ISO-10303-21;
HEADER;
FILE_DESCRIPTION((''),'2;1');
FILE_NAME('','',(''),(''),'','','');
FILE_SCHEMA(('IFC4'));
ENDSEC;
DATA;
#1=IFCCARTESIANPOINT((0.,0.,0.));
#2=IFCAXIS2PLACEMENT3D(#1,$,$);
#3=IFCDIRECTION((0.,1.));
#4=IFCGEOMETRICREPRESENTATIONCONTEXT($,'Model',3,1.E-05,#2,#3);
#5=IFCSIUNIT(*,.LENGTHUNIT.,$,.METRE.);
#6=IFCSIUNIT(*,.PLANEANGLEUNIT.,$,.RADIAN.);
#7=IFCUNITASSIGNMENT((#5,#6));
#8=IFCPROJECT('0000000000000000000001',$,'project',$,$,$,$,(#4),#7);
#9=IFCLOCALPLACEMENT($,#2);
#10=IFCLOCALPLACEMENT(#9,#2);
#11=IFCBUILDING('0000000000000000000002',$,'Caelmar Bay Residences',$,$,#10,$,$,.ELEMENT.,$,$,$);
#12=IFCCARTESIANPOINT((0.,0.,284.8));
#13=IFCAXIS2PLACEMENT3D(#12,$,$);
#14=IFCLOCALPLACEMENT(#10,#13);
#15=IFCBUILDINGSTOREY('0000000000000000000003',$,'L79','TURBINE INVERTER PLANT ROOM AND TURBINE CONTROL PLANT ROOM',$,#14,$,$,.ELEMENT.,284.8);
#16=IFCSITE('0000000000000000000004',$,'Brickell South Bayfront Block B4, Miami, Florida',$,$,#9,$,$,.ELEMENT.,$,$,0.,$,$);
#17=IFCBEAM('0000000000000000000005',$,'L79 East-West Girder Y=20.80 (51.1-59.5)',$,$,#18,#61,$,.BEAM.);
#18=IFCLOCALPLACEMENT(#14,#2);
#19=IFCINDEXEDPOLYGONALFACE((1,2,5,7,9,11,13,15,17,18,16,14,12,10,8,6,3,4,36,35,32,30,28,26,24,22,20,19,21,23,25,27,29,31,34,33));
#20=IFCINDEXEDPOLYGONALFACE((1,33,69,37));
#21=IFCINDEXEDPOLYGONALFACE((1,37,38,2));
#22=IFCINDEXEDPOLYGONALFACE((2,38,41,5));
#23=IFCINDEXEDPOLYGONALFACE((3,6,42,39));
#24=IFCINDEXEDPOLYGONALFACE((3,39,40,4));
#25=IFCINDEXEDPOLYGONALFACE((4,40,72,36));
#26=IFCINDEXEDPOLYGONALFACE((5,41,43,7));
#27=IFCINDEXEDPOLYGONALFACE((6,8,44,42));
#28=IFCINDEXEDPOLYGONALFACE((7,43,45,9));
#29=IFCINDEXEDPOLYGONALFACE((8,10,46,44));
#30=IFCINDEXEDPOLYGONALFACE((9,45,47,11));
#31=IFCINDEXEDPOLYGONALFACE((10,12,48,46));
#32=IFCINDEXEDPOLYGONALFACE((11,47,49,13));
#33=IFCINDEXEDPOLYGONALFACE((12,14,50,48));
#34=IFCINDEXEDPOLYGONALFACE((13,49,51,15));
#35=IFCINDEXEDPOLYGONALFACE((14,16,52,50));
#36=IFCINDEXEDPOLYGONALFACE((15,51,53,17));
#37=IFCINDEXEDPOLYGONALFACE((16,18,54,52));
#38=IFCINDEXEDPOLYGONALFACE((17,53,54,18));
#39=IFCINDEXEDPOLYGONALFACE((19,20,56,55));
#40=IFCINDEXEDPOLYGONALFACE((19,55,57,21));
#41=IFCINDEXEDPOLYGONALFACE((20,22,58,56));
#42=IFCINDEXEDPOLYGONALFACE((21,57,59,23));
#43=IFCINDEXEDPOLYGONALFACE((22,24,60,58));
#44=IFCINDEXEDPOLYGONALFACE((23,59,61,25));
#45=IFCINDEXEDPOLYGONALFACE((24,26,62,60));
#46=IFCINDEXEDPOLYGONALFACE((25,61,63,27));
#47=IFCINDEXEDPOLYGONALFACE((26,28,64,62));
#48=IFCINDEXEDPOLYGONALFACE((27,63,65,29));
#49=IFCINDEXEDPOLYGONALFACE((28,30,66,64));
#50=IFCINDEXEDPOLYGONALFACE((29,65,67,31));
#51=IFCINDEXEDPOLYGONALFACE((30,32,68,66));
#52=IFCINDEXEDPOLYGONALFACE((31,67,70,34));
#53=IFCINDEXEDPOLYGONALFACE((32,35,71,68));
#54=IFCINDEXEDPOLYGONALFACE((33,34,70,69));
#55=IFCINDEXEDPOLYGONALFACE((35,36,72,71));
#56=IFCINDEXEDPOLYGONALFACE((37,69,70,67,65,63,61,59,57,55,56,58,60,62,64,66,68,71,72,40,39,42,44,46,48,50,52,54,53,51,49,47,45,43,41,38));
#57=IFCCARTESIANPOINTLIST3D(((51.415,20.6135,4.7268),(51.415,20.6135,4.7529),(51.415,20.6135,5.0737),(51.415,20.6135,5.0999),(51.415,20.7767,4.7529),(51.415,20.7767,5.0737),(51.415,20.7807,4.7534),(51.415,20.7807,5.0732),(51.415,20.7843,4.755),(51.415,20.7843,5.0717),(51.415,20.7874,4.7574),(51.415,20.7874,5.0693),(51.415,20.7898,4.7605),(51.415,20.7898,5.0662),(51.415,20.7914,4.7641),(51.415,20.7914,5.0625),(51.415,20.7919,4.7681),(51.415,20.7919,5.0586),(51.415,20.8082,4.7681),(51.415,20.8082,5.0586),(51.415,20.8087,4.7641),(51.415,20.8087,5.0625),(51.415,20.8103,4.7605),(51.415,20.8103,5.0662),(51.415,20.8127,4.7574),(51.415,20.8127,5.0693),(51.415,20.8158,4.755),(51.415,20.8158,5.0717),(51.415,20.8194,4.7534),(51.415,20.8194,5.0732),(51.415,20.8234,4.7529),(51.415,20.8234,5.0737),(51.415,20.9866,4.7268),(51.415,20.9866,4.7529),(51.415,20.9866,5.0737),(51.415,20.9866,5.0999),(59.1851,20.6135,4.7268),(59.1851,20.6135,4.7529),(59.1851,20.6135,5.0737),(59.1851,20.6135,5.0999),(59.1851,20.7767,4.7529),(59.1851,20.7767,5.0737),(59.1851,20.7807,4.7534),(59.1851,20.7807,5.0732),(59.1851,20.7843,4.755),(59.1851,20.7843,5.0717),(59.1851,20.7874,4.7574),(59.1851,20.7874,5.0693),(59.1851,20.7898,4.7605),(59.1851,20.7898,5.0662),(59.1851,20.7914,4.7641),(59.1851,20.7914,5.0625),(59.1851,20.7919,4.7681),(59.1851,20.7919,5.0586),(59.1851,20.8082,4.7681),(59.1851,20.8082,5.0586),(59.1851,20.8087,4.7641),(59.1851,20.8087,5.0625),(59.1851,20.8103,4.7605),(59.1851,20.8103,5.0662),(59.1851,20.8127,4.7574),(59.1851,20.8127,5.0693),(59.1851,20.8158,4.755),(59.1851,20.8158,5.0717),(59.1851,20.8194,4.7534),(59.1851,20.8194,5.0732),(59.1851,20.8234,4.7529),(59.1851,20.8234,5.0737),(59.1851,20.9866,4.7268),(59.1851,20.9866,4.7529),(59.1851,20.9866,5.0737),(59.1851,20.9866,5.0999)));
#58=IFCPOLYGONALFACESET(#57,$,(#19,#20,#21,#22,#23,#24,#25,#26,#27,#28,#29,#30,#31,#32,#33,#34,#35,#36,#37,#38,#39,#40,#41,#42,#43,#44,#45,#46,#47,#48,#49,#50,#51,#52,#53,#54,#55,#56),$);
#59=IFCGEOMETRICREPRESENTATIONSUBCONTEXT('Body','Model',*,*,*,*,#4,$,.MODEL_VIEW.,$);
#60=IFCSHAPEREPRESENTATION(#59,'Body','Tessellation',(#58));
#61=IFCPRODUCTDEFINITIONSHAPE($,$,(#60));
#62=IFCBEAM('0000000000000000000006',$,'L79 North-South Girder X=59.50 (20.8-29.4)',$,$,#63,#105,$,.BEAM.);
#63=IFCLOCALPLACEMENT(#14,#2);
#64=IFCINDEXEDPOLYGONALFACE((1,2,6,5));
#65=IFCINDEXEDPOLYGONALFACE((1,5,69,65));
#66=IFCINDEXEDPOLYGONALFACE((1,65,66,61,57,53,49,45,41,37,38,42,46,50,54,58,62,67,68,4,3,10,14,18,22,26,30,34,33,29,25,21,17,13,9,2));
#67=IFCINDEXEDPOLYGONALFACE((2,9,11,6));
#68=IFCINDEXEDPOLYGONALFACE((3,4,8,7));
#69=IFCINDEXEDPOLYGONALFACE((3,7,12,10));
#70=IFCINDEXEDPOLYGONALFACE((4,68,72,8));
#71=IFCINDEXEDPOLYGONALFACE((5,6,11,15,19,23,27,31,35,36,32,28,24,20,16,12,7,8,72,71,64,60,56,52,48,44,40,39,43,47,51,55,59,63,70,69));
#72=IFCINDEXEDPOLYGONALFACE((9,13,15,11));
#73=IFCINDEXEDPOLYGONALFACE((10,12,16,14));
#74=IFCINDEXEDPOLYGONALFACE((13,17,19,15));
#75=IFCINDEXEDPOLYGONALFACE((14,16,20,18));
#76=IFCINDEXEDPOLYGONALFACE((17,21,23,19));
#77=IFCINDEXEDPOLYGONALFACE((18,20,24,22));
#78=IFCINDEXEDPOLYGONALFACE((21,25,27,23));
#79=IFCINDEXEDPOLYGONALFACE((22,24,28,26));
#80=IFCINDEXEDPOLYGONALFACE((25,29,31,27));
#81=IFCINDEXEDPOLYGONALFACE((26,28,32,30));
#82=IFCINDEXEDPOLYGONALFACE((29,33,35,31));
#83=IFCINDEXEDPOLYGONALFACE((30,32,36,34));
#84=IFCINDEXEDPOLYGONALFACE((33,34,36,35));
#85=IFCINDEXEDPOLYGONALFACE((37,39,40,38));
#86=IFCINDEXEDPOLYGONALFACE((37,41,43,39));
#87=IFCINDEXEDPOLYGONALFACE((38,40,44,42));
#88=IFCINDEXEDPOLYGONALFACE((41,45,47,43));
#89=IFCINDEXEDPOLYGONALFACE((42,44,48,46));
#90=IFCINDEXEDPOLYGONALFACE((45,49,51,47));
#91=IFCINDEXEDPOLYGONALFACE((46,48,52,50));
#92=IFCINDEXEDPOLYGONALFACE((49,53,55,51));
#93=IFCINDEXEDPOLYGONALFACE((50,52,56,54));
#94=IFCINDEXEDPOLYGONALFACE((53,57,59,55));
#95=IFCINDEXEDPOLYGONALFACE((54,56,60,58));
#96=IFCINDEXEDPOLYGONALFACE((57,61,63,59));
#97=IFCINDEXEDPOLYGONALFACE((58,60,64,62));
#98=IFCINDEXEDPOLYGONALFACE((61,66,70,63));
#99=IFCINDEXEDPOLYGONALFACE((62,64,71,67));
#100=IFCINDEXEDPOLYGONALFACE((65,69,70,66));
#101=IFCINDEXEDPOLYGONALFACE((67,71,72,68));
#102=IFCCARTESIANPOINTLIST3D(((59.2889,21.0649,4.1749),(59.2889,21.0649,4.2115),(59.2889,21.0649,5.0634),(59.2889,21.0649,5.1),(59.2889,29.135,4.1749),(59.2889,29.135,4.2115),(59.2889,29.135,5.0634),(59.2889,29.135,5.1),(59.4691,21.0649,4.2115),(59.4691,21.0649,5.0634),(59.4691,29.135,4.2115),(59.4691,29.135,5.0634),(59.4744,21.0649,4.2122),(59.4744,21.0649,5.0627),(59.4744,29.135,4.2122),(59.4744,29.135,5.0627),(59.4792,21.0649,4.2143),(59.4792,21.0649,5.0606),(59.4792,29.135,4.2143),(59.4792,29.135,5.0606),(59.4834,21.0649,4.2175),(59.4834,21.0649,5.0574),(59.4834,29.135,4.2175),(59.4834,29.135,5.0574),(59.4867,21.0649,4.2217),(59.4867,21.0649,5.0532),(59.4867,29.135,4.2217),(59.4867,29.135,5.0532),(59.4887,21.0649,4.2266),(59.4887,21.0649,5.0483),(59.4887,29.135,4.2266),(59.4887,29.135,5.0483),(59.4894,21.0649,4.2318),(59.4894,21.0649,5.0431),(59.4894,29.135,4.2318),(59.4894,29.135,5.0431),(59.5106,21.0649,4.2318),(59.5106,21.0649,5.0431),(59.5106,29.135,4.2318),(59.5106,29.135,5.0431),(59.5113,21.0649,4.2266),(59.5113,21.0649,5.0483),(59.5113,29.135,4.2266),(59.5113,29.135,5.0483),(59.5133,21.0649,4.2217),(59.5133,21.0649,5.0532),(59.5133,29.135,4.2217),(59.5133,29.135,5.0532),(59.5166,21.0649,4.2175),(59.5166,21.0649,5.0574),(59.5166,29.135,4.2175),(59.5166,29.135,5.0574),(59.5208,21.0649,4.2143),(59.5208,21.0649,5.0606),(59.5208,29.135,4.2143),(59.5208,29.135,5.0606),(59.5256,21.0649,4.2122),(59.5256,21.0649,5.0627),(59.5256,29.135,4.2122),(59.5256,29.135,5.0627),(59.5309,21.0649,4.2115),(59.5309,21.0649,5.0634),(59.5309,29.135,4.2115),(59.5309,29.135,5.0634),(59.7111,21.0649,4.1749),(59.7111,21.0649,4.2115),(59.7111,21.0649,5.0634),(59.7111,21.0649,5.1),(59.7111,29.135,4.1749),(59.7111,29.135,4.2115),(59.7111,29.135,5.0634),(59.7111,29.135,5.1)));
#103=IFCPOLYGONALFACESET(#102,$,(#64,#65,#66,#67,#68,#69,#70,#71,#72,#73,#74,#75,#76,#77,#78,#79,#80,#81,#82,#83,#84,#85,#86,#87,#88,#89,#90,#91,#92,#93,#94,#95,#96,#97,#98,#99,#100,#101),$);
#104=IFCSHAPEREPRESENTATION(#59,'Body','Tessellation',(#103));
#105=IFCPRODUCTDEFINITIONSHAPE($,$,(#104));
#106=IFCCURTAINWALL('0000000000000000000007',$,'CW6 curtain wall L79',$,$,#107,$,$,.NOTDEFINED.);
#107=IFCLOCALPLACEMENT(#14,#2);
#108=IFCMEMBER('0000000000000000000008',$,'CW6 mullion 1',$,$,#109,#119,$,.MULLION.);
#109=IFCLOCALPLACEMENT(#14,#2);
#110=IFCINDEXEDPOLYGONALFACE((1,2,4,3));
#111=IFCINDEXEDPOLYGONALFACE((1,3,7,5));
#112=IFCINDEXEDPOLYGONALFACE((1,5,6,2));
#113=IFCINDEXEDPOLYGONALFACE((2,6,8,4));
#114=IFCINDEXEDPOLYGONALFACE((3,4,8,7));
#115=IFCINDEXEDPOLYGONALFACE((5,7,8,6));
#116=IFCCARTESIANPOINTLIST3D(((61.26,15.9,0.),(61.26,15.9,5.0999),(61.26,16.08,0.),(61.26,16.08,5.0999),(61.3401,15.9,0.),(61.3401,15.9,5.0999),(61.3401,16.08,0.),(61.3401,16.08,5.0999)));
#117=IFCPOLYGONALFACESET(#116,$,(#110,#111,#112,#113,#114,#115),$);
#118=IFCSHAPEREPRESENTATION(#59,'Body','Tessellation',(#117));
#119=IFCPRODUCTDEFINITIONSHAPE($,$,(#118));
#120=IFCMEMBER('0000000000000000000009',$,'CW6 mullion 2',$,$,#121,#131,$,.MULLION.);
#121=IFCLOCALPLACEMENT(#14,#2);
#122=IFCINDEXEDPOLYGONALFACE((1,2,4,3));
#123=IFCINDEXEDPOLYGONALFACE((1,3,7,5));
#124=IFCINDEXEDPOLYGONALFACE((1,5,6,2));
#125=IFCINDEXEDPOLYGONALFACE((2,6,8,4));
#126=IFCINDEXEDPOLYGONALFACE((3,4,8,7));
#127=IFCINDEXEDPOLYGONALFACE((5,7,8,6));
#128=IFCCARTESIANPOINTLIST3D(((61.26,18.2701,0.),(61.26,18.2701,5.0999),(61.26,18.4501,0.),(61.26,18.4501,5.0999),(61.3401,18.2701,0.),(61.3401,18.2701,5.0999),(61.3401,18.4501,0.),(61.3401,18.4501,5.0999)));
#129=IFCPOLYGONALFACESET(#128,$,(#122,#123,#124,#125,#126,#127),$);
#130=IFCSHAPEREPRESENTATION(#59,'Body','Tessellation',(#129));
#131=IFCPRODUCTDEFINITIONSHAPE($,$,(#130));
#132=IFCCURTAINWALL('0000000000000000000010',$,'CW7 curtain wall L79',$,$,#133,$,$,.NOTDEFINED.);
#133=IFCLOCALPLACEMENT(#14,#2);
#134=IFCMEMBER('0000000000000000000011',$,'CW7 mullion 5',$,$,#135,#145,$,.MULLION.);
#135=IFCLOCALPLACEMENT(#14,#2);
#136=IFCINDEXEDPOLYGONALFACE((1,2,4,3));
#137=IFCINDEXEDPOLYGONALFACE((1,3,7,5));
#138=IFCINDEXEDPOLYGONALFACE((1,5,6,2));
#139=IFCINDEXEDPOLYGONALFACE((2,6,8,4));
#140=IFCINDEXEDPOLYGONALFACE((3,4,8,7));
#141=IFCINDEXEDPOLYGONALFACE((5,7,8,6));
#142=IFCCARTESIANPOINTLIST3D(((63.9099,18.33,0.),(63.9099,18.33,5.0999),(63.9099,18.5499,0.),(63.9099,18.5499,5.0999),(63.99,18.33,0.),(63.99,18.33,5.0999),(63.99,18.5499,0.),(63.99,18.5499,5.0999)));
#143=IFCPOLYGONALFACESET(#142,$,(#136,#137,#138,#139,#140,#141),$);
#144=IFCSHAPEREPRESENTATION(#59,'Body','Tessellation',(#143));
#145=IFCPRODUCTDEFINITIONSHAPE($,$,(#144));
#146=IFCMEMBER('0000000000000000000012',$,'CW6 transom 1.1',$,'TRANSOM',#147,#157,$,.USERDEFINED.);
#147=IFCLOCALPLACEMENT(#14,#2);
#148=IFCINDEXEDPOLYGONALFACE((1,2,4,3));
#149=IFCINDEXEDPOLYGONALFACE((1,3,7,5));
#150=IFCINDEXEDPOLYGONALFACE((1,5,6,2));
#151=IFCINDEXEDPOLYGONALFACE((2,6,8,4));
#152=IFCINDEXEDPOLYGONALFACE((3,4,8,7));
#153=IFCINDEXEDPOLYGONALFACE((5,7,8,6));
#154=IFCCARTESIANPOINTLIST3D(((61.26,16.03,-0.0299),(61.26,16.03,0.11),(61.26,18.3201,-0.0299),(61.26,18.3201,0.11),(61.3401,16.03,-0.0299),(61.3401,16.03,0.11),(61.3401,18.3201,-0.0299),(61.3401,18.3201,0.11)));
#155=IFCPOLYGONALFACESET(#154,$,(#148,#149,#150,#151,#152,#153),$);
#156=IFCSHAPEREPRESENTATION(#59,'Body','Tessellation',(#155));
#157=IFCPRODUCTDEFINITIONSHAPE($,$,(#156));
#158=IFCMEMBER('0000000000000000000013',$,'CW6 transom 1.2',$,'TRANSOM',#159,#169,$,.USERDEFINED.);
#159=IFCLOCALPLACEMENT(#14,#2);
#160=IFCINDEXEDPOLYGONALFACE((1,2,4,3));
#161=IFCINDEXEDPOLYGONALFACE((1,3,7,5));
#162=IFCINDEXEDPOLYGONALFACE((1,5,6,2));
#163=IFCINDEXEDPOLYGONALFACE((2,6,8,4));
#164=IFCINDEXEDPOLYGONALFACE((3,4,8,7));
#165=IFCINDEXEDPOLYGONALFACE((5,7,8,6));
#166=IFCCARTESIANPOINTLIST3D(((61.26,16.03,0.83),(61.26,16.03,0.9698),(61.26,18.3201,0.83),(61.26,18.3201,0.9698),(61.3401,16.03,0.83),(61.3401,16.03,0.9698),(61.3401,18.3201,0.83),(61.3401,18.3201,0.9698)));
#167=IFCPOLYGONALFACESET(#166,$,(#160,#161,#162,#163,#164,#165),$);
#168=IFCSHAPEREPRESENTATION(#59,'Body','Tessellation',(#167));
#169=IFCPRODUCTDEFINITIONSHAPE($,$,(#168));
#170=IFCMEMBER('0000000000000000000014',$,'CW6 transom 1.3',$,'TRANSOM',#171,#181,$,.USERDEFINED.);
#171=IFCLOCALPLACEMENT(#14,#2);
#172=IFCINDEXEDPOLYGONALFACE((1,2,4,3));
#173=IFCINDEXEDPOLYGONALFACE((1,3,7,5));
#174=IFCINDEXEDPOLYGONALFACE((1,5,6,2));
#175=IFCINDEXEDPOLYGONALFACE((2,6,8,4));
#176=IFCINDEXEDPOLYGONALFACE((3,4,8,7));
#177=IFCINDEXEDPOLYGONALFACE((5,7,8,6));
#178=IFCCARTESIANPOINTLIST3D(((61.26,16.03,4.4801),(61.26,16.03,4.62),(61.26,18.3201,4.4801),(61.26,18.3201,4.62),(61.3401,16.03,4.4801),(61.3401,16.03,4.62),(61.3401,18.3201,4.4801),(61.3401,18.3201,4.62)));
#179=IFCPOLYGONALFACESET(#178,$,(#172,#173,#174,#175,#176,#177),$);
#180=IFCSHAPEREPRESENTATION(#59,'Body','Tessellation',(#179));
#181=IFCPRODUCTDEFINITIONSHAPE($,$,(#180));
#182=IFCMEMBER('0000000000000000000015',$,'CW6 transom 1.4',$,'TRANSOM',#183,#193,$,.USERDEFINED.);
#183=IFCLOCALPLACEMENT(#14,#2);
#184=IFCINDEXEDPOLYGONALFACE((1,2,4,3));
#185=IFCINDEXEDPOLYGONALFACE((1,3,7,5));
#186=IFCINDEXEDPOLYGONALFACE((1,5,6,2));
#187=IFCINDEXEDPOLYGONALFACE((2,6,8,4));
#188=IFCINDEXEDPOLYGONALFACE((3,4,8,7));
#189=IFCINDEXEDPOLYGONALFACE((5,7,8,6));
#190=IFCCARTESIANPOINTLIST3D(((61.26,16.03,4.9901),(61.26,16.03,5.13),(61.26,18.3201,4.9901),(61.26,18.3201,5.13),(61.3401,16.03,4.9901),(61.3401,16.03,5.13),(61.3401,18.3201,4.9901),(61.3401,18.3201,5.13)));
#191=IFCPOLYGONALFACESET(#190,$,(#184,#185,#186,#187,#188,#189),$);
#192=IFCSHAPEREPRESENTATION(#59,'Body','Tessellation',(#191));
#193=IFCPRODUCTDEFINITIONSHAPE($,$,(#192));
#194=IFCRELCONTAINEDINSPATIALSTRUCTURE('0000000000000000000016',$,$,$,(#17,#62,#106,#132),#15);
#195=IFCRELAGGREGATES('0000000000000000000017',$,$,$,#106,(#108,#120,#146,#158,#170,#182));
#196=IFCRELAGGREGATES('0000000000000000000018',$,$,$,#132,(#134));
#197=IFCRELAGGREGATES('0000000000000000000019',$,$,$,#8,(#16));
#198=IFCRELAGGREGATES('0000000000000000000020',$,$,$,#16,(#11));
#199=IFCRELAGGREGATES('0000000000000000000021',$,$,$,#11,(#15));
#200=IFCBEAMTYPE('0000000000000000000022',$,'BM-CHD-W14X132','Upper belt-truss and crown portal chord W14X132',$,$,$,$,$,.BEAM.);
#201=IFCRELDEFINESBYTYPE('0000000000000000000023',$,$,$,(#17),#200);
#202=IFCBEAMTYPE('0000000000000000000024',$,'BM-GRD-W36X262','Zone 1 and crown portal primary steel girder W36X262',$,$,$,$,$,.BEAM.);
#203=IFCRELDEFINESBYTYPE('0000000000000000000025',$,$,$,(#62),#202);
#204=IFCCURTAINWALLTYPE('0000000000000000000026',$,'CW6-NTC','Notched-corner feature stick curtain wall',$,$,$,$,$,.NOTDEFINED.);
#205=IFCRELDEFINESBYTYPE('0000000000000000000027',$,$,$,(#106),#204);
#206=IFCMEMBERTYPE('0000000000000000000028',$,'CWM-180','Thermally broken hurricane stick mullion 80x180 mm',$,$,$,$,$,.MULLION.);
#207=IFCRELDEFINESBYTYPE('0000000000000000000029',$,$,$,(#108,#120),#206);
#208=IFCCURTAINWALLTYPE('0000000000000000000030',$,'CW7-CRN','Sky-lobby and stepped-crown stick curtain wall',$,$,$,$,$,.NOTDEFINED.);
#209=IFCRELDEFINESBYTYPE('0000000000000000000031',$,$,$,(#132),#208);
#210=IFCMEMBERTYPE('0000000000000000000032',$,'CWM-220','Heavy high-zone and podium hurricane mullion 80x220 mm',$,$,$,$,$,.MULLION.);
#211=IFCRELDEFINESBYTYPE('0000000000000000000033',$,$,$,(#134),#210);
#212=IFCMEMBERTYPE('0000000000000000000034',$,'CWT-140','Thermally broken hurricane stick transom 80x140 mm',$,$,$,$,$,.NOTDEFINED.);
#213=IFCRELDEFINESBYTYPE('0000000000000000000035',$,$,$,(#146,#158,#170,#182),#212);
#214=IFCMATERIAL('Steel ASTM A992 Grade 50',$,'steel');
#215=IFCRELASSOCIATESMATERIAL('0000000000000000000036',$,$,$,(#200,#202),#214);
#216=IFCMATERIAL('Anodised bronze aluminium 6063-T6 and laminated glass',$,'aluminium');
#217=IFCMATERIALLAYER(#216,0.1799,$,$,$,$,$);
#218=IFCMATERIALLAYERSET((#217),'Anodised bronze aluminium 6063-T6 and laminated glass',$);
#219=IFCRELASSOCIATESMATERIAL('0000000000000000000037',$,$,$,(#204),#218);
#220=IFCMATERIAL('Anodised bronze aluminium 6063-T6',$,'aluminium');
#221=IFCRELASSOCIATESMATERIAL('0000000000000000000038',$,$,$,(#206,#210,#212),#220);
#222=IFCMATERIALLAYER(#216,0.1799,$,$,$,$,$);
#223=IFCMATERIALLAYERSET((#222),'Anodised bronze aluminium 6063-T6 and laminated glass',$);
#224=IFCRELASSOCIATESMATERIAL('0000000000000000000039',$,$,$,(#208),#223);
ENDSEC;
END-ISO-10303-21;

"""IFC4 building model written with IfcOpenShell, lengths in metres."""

from ifc_helpers import new_model, si_unit, direction, frame, origin, origin_2d, place, context, subcontext, project, spatial, rectangle, i_section, extrude, material, layer, layer_set, material_profile, profile_set, type_object, element, aggregate, save


model = new_model("IFC4")

# Units and contexts
model_context = context("Model", 3, precision=1e-05, world=origin(), true_north=direction((0.0, 1.0)))
body_context = subcontext(model_context, "Body", "Model", "MODEL_VIEW")
ifc_project = project(units=[si_unit("LENGTHUNIT", "METRE"), si_unit("PLANEANGLEUNIT", "RADIAN")], contexts=[model_context])

# Site, building, storey
site_placement = place(None, origin())
site = spatial("IfcSite", under=ifc_project, at=site_placement, Name="Brickell South Bayfront Block B4, Miami, Florida", CompositionType="ELEMENT", RefElevation=0.0)
building_placement = place(site_placement, origin())
building = spatial("IfcBuilding", under=site, at=building_placement, Name="Caelmar Bay Residences", CompositionType="ELEMENT")
storey_placement = place(building_placement, frame((0.0, 0.0, 284.8)))
storey = spatial("IfcBuildingStorey", under=building, at=storey_placement, Name="L79", Description="TURBINE INVERTER PLANT ROOM AND TURBINE CONTROL PLANT ROOM", CompositionType="ELEMENT", Elevation=284.8)

# Beams
ifc_material_1 = material(Name="Steel ASTM A992 Grade 50", Category="steel")
ifc_material_profile_1 = material_profile(ifc_material_1, i_section(OverallWidth=0.373, OverallDepth=0.373, WebThickness=0.0164, FlangeThickness=0.0261, FilletRadius=0.0151, at=origin_2d()), Name="W14X132")
ifc_profile_set_1 = profile_set([ifc_material_profile_1], Name="Steel ASTM A992 Grade 50")
beam_type_1 = type_object("IfcBeamType", Name="BM-CHD-W14X132", Description="Upper belt-truss and crown portal chord W14X132", PredefinedType="BEAM", material=ifc_profile_set_1)
beam_1_placement = place(storey_placement, frame((51.415, 20.8, 4.9133), z_axis=(1.0, 0.0, 0.0), x_axis=(0.0, 1.0, 0.0)))
element("IfcBeam", 1, at=beam_1_placement, inside=storey, type_object=beam_type_1, Name="L79 East-West Girder Y=20.80 (51.1-59.5)", PredefinedType="BEAM", context=body_context, shape_type="SweptSolid", body=[
    extrude(i_section(OverallWidth=0.373, OverallDepth=0.373, WebThickness=0.0164, FlangeThickness=0.0261, FilletRadius=0.0151, at=origin_2d()), origin(), (0.0, 0.0, 1.0), 7.77),
])
ifc_material_profile_2 = material_profile(ifc_material_1, i_section(OverallWidth=0.4221, OverallDepth=0.925, WebThickness=0.0212, FlangeThickness=0.0366, FilletRadius=0.0203, at=origin_2d()), Name="W36X262")
ifc_profile_set_2 = profile_set([ifc_material_profile_2], Name="Steel ASTM A992 Grade 50")
beam_type_2 = type_object("IfcBeamType", Name="BM-GRD-W36X262", Description="Zone 1 and crown portal primary steel girder W36X262", PredefinedType="BEAM", material=ifc_profile_set_2)
beam_2_placement = place(storey_placement, frame((59.5, 21.0649, 4.6375), z_axis=(0.0, 1.0, 0.0), x_axis=(-1.0, 0.0, 0.0)))
element("IfcBeam", 2, at=beam_2_placement, inside=storey, type_object=beam_type_2, Name="L79 North-South Girder X=59.50 (20.8-29.4)", PredefinedType="BEAM", context=body_context, shape_type="SweptSolid", body=[
    extrude(i_section(OverallWidth=0.4221, OverallDepth=0.925, WebThickness=0.0212, FlangeThickness=0.0366, FilletRadius=0.0203, at=origin_2d()), origin(), (0.0, 0.0, 1.0), 8.0701),
])

# Curtain wall, members
ifc_material_2 = material(Name="Anodised bronze aluminium 6063-T6 and laminated glass", Category="aluminium")
ifc_layer_1 = layer(ifc_material_2, 0.1799)
ifc_layer_set_1 = layer_set([ifc_layer_1], Name="Anodised bronze aluminium 6063-T6 and laminated glass")
curtain_wall_type_1 = type_object("IfcCurtainWallType", Name="CW6-NTC", Description="Notched-corner feature stick curtain wall", PredefinedType="NOTDEFINED", material=ifc_layer_set_1)
curtain_wall_1_placement = place(storey_placement, origin())
curtain_wall_1 = element("IfcCurtainWall", 3, at=curtain_wall_1_placement, inside=storey, type_object=curtain_wall_type_1, Name="CW6 curtain wall L79", PredefinedType="NOTDEFINED")
ifc_material_3 = material(Name="Anodised bronze aluminium 6063-T6", Category="aluminium")
ifc_material_profile_3 = material_profile(ifc_material_3, rectangle(XDim=0.0801, YDim=0.1799, at=origin_2d()), Name="CWM-80X180")
ifc_profile_set_3 = profile_set([ifc_material_profile_3], Name="Anodised bronze aluminium 6063-T6")
member_type_1 = type_object("IfcMemberType", Name="CWM-180", Description="Thermally broken hurricane stick mullion 80x180 mm", PredefinedType="MULLION", material=ifc_profile_set_3)
member_1_placement = place(storey_placement, frame((61.3, 15.99, 0.0), z_axis=(0.0, 0.0, 1.0), x_axis=(-1.0, 0.0, 0.0)))
member_1 = element("IfcMember", 4, at=member_1_placement, type_object=member_type_1, Name="CW6 mullion 1", PredefinedType="MULLION", context=body_context, shape_type="SweptSolid", body=[
    extrude(rectangle(XDim=0.0801, YDim=0.1799, at=origin_2d()), origin(), (0.0, 0.0, 1.0), 5.0999),
])
member_2_placement = place(storey_placement, frame((61.3, 18.3601, 0.0), z_axis=(0.0, 0.0, 1.0), x_axis=(-1.0, 0.0, 0.0)))
member_2 = element("IfcMember", 5, at=member_2_placement, type_object=member_type_1, Name="CW6 mullion 2", PredefinedType="MULLION", context=body_context, shape_type="SweptSolid", body=[
    extrude(rectangle(XDim=0.0801, YDim=0.1799, at=origin_2d()), origin(), (0.0, 0.0, 1.0), 5.0999),
])

# Curtain wall, member
ifc_layer_2 = layer(ifc_material_2, 0.1799)
ifc_layer_set_2 = layer_set([ifc_layer_2], Name="Anodised bronze aluminium 6063-T6 and laminated glass")
curtain_wall_type_2 = type_object("IfcCurtainWallType", Name="CW7-CRN", Description="Sky-lobby and stepped-crown stick curtain wall", PredefinedType="NOTDEFINED", material=ifc_layer_set_2)
curtain_wall_2_placement = place(storey_placement, origin())
curtain_wall_2 = element("IfcCurtainWall", 6, at=curtain_wall_2_placement, inside=storey, type_object=curtain_wall_type_2, Name="CW7 curtain wall L79", PredefinedType="NOTDEFINED")
ifc_material_profile_4 = material_profile(ifc_material_3, rectangle(XDim=0.0801, YDim=0.22, at=origin_2d()), Name="CWM-80X220")
ifc_profile_set_4 = profile_set([ifc_material_profile_4], Name="Anodised bronze aluminium 6063-T6")
member_type_2 = type_object("IfcMemberType", Name="CWM-220", Description="Heavy high-zone and podium hurricane mullion 80x220 mm", PredefinedType="MULLION", material=ifc_profile_set_4)
member_3_placement = place(storey_placement, frame((63.95, 18.4399, 0.0), z_axis=(0.0, 0.0, 1.0), x_axis=(1.0, 0.0, 0.0)))
member_3 = element("IfcMember", 7, at=member_3_placement, type_object=member_type_2, Name="CW7 mullion 5", PredefinedType="MULLION", context=body_context, shape_type="SweptSolid", body=[
    extrude(rectangle(XDim=0.0801, YDim=0.22, at=origin_2d()), origin(), (0.0, 0.0, 1.0), 5.0999),
])

# Members
ifc_material_profile_5 = material_profile(ifc_material_3, rectangle(XDim=0.0801, YDim=0.1399, at=origin_2d()), Name="CWT-80X140")
ifc_profile_set_5 = profile_set([ifc_material_profile_5], Name="Anodised bronze aluminium 6063-T6")
member_type_3 = type_object("IfcMemberType", Name="CWT-140", Description="Thermally broken hurricane stick transom 80x140 mm", PredefinedType="NOTDEFINED", material=ifc_profile_set_5)
member_4_placement = place(storey_placement, frame((61.3, 16.03, 0.04), z_axis=(0.0, 1.0, 0.0), x_axis=(-1.0, 0.0, 0.0)))
member_4 = element("IfcMember", 8, at=member_4_placement, type_object=member_type_3, Name="CW6 transom 1.1", ObjectType="TRANSOM", PredefinedType="USERDEFINED", context=body_context, shape_type="SweptSolid", body=[
    extrude(rectangle(XDim=0.0801, YDim=0.1399, at=origin_2d()), origin(), (0.0, 0.0, 1.0), 2.29),
])
member_5_placement = place(storey_placement, frame((61.3, 16.03, 0.8999), z_axis=(0.0, 1.0, 0.0), x_axis=(-1.0, 0.0, 0.0)))
member_5 = element("IfcMember", 9, at=member_5_placement, type_object=member_type_3, Name="CW6 transom 1.2", ObjectType="TRANSOM", PredefinedType="USERDEFINED", context=body_context, shape_type="SweptSolid", body=[
    extrude(rectangle(XDim=0.0801, YDim=0.1399, at=origin_2d()), origin(), (0.0, 0.0, 1.0), 2.29),
])
member_6_placement = place(storey_placement, frame((61.3, 16.03, 4.55), z_axis=(0.0, 1.0, 0.0), x_axis=(-1.0, 0.0, 0.0)))
member_6 = element("IfcMember", 10, at=member_6_placement, type_object=member_type_3, Name="CW6 transom 1.3", ObjectType="TRANSOM", PredefinedType="USERDEFINED", context=body_context, shape_type="SweptSolid", body=[
    extrude(rectangle(XDim=0.0801, YDim=0.1399, at=origin_2d()), origin(), (0.0, 0.0, 1.0), 2.29),
])
member_7_placement = place(storey_placement, frame((61.3, 16.03, 5.0601), z_axis=(0.0, 1.0, 0.0), x_axis=(-1.0, 0.0, 0.0)))
member_7 = element("IfcMember", 11, at=member_7_placement, type_object=member_type_3, Name="CW6 transom 1.4", ObjectType="TRANSOM", PredefinedType="USERDEFINED", context=body_context, shape_type="SweptSolid", body=[
    extrude(rectangle(XDim=0.0801, YDim=0.1399, at=origin_2d()), origin(), (0.0, 0.0, 1.0), 2.29),
])

aggregate(curtain_wall_1, [member_1, member_2, member_4, member_5, member_6, member_7])
aggregate(curtain_wall_2, [member_3])

save(model, "model.ifc")
